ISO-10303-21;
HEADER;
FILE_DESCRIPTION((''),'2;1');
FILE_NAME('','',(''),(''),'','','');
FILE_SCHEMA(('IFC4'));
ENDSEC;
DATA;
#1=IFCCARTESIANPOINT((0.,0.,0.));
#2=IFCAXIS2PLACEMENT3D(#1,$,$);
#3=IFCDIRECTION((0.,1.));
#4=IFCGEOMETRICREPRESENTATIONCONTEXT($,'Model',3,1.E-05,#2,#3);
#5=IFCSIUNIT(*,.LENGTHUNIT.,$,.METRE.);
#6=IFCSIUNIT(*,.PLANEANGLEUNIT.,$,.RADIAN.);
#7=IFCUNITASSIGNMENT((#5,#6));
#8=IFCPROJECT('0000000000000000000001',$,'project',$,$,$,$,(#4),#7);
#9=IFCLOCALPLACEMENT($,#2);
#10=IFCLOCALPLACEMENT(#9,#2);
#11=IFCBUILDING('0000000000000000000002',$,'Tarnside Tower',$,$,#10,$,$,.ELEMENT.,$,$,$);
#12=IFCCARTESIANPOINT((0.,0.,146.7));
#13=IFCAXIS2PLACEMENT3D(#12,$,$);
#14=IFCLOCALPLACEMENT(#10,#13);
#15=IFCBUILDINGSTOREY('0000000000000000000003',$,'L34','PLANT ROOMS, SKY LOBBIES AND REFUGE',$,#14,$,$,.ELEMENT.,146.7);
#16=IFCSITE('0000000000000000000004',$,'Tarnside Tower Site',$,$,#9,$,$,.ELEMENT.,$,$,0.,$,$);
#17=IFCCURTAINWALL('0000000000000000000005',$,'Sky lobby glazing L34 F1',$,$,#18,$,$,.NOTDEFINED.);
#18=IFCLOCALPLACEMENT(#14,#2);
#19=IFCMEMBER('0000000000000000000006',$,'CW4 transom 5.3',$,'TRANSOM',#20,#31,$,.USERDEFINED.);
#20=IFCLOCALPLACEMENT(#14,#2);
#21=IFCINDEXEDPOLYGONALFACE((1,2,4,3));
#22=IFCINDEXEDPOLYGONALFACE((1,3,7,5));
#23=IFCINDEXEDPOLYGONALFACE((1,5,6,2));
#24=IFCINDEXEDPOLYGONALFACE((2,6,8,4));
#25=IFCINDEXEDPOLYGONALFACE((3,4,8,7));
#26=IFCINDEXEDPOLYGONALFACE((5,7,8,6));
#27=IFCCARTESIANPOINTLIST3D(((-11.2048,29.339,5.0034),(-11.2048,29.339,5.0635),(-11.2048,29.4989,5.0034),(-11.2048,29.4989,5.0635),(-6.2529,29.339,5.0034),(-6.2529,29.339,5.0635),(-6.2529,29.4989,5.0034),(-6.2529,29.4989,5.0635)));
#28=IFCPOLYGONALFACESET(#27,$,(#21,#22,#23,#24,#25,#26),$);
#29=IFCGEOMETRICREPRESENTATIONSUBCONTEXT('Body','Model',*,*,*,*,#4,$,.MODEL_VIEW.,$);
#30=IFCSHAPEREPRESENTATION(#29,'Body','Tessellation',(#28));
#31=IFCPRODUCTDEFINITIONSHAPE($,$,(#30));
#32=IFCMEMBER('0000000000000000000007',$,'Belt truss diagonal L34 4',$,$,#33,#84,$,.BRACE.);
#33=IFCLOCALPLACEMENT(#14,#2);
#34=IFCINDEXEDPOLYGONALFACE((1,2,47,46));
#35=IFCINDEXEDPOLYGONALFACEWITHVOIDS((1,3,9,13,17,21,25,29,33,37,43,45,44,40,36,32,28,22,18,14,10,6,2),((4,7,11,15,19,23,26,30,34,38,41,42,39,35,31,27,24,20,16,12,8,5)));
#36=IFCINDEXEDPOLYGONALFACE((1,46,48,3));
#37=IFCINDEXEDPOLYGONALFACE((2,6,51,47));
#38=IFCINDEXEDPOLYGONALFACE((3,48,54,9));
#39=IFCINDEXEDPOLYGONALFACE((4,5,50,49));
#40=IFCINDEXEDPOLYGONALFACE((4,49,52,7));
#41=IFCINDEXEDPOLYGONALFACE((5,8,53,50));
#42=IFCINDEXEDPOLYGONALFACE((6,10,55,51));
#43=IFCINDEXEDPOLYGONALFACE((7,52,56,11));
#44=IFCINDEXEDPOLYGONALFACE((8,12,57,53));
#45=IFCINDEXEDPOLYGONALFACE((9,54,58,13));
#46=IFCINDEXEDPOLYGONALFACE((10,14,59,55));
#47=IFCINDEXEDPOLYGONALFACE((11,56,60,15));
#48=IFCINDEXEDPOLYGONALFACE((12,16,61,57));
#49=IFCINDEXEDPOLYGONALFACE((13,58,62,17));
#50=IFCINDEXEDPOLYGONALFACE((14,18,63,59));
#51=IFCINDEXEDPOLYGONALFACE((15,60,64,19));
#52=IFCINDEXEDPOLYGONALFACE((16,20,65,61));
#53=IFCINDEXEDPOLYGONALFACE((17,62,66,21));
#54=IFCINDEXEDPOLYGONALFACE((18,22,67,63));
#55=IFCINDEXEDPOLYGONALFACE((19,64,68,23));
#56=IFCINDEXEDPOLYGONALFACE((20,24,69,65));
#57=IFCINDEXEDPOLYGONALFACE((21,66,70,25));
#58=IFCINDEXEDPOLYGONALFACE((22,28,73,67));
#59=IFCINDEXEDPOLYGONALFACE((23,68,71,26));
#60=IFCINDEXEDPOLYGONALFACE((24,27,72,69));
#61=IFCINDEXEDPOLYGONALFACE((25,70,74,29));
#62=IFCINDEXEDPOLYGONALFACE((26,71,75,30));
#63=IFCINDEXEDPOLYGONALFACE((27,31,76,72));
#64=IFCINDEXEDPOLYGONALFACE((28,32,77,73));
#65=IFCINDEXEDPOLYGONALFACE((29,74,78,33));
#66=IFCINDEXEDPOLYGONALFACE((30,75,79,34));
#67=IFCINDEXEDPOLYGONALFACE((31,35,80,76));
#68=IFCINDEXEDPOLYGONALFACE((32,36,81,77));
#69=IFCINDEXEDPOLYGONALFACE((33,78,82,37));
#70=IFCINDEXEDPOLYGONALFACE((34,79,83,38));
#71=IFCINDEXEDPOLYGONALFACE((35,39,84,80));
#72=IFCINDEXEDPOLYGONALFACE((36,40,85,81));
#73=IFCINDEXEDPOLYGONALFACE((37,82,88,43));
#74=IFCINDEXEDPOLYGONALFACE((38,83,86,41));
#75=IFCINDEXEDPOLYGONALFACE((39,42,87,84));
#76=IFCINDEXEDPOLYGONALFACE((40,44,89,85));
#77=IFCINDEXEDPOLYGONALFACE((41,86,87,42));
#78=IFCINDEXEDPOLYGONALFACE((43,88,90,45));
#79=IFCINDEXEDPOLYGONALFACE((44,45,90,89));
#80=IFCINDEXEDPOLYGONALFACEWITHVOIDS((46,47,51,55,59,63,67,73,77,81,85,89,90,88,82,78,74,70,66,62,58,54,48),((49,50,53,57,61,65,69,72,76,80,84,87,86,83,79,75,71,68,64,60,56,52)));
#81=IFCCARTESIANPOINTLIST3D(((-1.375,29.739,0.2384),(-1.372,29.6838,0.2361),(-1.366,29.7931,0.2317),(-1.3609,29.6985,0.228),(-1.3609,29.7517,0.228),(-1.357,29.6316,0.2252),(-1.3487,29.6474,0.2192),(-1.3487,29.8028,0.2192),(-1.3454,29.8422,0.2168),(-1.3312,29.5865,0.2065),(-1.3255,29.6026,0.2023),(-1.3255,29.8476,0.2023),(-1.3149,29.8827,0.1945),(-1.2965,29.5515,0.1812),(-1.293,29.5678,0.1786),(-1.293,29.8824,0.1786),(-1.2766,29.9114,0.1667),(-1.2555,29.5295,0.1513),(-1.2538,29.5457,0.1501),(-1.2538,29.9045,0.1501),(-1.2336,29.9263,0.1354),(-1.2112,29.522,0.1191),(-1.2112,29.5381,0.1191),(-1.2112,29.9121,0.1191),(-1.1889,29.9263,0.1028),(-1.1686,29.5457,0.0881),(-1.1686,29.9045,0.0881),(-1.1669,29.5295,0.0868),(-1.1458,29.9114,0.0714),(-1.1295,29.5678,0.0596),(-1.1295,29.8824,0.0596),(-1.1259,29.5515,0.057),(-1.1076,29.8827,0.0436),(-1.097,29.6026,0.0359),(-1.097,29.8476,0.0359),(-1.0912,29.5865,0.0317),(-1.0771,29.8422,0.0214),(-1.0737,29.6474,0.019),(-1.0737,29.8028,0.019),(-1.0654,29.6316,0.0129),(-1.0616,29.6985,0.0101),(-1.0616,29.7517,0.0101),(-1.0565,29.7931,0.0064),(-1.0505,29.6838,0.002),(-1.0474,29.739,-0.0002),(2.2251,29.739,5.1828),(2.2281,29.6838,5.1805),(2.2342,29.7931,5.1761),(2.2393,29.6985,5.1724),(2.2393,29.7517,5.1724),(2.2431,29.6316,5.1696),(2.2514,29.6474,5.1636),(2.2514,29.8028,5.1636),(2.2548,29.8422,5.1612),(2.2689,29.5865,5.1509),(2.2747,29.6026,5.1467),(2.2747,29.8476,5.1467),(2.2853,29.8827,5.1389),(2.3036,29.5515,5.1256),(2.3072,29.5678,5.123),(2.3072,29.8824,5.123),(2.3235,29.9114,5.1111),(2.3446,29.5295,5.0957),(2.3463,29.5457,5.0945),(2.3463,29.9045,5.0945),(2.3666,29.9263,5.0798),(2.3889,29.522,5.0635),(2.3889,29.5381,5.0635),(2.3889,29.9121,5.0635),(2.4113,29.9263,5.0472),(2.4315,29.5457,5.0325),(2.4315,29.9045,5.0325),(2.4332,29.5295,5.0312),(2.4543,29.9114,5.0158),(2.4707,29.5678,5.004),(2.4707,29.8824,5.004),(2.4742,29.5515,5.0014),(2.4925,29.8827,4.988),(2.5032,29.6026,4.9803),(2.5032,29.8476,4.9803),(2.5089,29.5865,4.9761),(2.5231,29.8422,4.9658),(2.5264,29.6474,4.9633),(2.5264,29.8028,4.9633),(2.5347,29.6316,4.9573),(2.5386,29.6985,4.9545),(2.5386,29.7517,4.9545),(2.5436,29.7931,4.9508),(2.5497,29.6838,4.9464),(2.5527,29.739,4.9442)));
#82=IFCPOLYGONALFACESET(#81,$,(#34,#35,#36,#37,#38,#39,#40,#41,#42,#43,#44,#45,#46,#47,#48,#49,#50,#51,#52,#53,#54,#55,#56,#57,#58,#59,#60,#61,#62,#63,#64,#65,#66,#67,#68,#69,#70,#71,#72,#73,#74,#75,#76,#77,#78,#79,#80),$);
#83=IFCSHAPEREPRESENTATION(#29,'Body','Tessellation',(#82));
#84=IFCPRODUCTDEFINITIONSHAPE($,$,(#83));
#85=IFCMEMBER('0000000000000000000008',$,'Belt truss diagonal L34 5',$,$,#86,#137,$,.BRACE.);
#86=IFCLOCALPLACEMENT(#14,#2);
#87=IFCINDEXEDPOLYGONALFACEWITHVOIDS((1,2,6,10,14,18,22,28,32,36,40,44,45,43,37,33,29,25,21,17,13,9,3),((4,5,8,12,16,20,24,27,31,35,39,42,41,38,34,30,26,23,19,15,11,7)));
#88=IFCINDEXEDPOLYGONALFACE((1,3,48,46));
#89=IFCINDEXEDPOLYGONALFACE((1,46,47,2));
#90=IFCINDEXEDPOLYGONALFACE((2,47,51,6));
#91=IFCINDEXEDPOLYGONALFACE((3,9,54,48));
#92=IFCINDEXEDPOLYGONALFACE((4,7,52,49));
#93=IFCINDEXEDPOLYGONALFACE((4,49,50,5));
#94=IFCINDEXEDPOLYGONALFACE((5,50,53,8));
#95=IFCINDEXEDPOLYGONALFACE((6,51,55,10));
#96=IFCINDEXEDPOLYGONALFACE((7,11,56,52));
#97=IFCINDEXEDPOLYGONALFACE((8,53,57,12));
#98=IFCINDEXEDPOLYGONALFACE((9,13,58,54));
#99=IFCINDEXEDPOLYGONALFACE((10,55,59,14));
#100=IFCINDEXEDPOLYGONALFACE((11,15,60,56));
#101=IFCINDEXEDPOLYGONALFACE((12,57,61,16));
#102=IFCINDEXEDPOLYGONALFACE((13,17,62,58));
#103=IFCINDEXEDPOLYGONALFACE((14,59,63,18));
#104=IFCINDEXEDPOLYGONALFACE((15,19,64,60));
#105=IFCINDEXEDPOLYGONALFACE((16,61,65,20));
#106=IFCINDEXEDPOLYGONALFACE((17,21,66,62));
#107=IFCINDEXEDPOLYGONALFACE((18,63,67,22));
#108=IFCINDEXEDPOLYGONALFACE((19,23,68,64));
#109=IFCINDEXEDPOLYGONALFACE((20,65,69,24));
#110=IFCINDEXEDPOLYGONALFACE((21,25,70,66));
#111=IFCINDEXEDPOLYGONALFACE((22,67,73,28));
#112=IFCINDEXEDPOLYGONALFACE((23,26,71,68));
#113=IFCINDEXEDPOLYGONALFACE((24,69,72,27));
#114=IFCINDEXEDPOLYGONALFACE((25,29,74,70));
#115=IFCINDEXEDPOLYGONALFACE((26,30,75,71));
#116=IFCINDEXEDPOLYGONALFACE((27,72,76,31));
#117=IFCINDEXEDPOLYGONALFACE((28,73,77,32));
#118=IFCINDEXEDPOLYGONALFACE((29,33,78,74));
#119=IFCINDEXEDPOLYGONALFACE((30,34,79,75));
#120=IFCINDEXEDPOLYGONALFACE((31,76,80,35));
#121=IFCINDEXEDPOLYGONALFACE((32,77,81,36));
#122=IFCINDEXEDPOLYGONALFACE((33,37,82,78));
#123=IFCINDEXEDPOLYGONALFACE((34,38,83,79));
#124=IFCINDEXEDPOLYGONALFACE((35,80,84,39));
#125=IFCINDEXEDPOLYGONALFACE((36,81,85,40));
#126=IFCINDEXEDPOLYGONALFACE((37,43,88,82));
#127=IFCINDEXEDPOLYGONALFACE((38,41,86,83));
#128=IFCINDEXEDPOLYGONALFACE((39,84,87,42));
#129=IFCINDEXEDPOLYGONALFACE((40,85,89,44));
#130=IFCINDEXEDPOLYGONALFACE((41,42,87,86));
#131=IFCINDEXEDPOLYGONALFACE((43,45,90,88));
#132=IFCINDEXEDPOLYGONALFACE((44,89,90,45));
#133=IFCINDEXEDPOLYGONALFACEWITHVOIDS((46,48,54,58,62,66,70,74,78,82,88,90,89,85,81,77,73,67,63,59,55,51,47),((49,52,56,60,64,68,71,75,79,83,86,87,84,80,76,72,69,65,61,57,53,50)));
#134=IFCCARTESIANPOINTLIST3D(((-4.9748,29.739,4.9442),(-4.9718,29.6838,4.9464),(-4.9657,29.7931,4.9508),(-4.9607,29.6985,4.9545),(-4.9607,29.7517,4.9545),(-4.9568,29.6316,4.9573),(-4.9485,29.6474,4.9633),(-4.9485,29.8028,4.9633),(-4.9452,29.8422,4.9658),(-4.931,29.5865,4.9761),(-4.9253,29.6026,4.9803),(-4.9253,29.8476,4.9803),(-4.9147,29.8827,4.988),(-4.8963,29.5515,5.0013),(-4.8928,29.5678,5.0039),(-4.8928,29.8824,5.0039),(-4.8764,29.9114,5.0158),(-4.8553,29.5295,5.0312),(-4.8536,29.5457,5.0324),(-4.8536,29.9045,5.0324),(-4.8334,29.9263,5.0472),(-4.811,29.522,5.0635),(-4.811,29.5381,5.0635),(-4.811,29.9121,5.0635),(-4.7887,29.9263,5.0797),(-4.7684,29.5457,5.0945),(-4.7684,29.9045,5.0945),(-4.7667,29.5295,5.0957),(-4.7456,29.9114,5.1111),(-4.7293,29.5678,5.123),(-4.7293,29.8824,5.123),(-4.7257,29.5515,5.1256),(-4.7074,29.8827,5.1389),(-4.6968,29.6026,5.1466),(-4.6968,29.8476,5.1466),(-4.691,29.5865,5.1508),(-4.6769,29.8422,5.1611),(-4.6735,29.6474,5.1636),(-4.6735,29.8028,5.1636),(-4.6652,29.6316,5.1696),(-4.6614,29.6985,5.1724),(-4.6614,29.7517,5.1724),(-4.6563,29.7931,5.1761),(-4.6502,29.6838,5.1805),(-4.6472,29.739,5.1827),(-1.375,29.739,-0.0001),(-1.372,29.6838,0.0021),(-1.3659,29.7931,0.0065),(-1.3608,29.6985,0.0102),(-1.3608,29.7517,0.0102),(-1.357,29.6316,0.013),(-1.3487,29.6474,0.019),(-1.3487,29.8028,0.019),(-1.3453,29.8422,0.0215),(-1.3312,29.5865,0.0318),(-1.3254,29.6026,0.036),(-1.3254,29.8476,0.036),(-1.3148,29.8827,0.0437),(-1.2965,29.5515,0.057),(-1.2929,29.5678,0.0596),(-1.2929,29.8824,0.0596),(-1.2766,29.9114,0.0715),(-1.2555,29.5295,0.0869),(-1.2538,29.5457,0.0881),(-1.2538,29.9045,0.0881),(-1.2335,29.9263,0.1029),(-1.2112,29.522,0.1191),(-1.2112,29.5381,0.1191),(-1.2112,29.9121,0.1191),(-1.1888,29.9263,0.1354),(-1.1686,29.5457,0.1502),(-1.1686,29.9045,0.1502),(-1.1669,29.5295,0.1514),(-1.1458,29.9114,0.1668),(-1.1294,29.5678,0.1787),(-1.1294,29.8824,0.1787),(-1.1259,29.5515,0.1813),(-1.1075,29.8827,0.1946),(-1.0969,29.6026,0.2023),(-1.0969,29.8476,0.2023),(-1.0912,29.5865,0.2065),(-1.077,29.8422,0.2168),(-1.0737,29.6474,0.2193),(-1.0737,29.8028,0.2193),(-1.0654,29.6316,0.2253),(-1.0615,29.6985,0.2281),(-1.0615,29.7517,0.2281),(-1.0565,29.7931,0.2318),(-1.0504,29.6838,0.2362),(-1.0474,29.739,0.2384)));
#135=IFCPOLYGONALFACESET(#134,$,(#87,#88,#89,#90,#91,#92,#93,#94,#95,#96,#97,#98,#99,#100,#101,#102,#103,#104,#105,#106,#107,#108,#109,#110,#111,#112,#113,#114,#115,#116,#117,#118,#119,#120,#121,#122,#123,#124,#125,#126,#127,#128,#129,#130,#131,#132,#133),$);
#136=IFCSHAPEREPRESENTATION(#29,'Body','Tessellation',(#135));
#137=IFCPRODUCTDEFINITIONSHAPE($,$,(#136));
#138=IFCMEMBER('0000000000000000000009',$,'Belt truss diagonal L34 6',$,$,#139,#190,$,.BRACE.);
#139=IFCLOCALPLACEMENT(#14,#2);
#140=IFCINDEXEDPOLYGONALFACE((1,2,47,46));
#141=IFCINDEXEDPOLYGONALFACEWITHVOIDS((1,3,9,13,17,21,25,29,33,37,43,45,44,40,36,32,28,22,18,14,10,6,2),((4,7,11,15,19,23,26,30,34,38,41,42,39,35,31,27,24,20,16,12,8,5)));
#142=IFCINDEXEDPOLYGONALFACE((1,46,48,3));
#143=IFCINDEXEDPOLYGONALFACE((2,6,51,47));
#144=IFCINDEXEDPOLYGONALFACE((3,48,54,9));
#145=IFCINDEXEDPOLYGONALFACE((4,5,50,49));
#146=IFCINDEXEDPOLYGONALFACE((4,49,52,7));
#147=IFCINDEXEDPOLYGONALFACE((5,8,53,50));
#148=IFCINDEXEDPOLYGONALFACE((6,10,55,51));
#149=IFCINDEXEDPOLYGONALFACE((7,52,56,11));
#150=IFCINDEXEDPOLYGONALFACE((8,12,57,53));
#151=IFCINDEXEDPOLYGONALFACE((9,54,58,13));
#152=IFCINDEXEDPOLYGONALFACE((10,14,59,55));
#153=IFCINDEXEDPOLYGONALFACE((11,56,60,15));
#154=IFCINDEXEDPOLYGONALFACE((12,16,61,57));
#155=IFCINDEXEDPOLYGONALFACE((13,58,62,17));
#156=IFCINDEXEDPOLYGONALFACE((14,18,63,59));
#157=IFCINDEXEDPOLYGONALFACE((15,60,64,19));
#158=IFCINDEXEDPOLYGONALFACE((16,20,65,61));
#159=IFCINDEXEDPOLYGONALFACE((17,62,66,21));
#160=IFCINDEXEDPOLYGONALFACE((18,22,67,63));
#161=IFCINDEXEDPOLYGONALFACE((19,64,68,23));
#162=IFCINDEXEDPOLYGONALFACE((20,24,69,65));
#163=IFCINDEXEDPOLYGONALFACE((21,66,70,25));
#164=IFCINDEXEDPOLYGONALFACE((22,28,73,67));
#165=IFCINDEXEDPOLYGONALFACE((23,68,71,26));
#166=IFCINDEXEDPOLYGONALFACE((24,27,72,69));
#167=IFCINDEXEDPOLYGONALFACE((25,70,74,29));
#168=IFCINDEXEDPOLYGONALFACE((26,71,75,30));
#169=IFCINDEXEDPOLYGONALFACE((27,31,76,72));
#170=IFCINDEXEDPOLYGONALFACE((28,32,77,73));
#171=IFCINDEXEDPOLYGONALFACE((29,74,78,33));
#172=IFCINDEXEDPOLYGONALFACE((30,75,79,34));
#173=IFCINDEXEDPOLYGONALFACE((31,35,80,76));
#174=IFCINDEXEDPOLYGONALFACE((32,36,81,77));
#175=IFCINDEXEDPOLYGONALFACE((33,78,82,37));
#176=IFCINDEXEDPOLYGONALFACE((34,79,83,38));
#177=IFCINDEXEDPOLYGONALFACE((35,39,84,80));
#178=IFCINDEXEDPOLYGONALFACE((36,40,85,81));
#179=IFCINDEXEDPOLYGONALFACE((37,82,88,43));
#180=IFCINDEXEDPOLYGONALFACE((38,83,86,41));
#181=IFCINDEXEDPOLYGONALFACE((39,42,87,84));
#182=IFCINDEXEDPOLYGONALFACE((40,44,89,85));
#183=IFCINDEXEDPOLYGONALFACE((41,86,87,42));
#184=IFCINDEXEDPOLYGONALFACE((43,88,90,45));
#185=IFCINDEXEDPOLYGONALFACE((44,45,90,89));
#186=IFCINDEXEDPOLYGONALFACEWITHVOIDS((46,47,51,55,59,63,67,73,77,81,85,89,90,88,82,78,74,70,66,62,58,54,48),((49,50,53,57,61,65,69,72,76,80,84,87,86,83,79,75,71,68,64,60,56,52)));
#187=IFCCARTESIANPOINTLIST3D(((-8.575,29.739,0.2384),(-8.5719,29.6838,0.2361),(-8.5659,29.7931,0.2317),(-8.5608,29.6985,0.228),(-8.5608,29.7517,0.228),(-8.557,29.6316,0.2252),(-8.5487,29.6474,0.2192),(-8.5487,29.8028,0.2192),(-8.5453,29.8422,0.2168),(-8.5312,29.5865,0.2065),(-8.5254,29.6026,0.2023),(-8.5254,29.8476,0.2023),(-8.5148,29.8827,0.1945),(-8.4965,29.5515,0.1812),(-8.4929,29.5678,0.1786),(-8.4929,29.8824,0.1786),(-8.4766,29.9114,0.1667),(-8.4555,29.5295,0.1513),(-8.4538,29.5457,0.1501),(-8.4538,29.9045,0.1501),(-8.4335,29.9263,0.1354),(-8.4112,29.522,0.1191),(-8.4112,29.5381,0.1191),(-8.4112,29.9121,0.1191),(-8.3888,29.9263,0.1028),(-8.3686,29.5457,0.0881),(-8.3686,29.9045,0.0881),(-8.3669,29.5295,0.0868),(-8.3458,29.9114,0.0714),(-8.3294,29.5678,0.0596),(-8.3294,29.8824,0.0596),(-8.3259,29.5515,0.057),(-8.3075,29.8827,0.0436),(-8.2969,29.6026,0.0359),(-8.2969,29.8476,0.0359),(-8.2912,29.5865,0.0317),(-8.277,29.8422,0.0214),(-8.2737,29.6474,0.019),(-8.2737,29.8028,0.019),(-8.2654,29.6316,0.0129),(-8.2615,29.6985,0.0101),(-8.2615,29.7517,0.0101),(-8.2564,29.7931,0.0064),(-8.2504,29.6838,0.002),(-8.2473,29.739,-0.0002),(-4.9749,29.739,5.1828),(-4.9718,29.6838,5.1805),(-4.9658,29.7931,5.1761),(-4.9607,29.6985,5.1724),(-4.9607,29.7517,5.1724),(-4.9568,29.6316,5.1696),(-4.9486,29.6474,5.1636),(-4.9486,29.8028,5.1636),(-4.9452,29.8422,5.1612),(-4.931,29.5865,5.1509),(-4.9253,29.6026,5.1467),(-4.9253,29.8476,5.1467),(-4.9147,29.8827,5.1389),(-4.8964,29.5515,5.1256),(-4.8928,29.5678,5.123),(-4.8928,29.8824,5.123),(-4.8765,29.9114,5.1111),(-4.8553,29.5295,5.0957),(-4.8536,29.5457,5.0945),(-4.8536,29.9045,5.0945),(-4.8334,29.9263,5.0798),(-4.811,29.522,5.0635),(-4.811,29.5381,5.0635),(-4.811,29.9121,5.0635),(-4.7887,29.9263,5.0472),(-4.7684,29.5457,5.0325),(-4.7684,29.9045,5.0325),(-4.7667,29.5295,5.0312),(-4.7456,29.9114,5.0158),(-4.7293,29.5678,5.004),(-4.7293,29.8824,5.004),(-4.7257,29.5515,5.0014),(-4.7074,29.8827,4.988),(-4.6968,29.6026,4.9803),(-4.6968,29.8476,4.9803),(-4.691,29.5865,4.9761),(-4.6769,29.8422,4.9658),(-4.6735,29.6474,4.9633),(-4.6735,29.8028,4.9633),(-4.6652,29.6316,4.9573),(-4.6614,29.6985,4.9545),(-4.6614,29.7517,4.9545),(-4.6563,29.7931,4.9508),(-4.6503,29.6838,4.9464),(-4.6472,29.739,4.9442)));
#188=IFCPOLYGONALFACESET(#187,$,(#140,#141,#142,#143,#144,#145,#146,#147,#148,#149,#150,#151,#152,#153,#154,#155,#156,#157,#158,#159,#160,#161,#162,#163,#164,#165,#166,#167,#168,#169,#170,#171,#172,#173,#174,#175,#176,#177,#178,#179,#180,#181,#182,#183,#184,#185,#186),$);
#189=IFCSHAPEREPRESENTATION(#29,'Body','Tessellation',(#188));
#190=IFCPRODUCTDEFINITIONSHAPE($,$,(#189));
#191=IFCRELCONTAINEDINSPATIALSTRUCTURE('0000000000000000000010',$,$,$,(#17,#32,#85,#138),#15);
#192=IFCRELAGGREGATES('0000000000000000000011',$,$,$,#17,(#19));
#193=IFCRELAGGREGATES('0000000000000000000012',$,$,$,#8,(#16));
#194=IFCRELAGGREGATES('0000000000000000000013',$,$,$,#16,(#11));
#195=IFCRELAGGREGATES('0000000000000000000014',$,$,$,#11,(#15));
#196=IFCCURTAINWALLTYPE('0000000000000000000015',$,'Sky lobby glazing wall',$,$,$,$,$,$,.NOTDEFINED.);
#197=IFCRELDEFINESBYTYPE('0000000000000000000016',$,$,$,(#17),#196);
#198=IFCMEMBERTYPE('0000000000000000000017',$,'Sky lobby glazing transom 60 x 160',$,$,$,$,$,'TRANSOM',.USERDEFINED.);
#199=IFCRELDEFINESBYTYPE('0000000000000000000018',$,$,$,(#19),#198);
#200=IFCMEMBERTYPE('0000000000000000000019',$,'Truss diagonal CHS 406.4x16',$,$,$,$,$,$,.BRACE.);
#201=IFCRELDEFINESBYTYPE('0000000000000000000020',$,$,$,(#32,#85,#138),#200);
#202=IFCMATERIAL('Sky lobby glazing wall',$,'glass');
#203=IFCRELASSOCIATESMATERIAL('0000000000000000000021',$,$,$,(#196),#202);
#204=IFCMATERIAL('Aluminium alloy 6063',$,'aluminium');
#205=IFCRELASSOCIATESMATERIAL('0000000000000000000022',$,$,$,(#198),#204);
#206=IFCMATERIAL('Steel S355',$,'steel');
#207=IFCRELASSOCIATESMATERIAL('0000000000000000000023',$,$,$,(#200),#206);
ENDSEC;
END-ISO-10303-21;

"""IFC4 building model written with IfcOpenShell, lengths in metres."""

from ifc_helpers import new_model, si_unit, direction, frame, origin, origin_2d, place, context, subcontext, project, spatial, rectangle, hollow_circle, extrude, material, material_profile, profile_set, type_object, element, aggregate, save


model = new_model("IFC4")

# Units and contexts
model_context = context("Model", 3, precision=1e-05, world=origin(), true_north=direction((0.0, 1.0)))
body_context = subcontext(model_context, "Body", "Model", "MODEL_VIEW")
ifc_project = project(units=[si_unit("LENGTHUNIT", "METRE"), si_unit("PLANEANGLEUNIT", "RADIAN")], contexts=[model_context])

# Site, building, storey
site_placement = place(None, origin())
site = spatial("IfcSite", under=ifc_project, at=site_placement, Name="Tarnside Tower Site", CompositionType="ELEMENT", RefElevation=0.0)
building_placement = place(site_placement, origin())
building = spatial("IfcBuilding", under=site, at=building_placement, Name="Tarnside Tower", CompositionType="ELEMENT")
storey_placement = place(building_placement, frame((0.0, 0.0, 146.7)))
storey = spatial("IfcBuildingStorey", under=building, at=storey_placement, Name="L34", Description="PLANT ROOMS, SKY LOBBIES AND REFUGE", CompositionType="ELEMENT", Elevation=146.7)

# Shared definitions
ifc_material_1 = material(Name="Steel S355", Category="steel")

# Curtain wall, member
ifc_material_2 = material(Name="Sky lobby glazing wall", Category="glass")
curtain_wall_type = type_object("IfcCurtainWallType", Name="Sky lobby glazing wall", PredefinedType="NOTDEFINED", material=ifc_material_2)
curtain_wall_placement = place(storey_placement, origin())
curtain_wall = element("IfcCurtainWall", 1, at=curtain_wall_placement, inside=storey, type_object=curtain_wall_type, Name="Sky lobby glazing L34 F1", PredefinedType="NOTDEFINED")
ifc_material_3 = material(Name="Aluminium alloy 6063", Category="aluminium")
ifc_material_profile_1 = material_profile(ifc_material_3, rectangle(XDim=0.1599, YDim=0.0601, at=origin_2d()), Name="Sky lobby glazing transom 60 x 160")
ifc_profile_set_1 = profile_set([ifc_material_profile_1], Name="Aluminium alloy 6063")
member_type_1 = type_object("IfcMemberType", Name="Sky lobby glazing transom 60 x 160", ElementType="TRANSOM", PredefinedType="USERDEFINED", material=ifc_profile_set_1)
member_1_placement = place(storey_placement, frame((-6.2529, 29.4189, 5.0334), z_axis=(-1.0, 0.0, 0.0), x_axis=(0.0, -1.0, 0.0)))
member_1 = element("IfcMember", 2, at=member_1_placement, type_object=member_type_1, Name="CW4 transom 5.3", ObjectType="TRANSOM", PredefinedType="USERDEFINED", context=body_context, shape_type="SweptSolid", body=[
    extrude(rectangle(XDim=0.1599, YDim=0.0601, at=origin_2d()), origin(), (0.0, 0.0, 1.0), 4.9519),
])

# Members
ifc_material_profile_2 = material_profile(ifc_material_1, hollow_circle(Radius=0.2031, WallThickness=0.0161, at=origin_2d()), Name="CHS 406.4x16")
ifc_profile_set_2 = profile_set([ifc_material_profile_2], Name="Steel S355")
member_type_2 = type_object("IfcMemberType", Name="Truss diagonal CHS 406.4x16", PredefinedType="BRACE", material=ifc_profile_set_2)
member_2_placement = place(storey_placement, frame((2.3889, 29.7251, 5.0635), z_axis=(-0.588623, 0.0, -0.808408), x_axis=(0.0, -1.0, 0.0)))
element("IfcMember", 3, at=member_2_placement, inside=storey, type_object=member_type_2, Name="Belt truss diagonal L34 4", PredefinedType="BRACE", context=body_context, shape_type="SweptSolid", body=[
    extrude(hollow_circle(Radius=0.2031, WallThickness=0.0161, at=origin_2d()), origin(), (0.0, 0.0, 1.0), 6.1162),
])
member_3_placement = place(storey_placement, frame((-1.2112, 29.7251, 0.1191), z_axis=(-0.588596, 0.0, 0.808427), x_axis=(0.0, -1.0, 0.0)))
element("IfcMember", 4, at=member_3_placement, inside=storey, type_object=member_type_2, Name="Belt truss diagonal L34 5", PredefinedType="BRACE", context=body_context, shape_type="SweptSolid", body=[
    extrude(hollow_circle(Radius=0.2031, WallThickness=0.0161, at=origin_2d()), origin(), (0.0, 0.0, 1.0), 6.116),
])
member_4_placement = place(storey_placement, frame((-4.811, 29.7251, 5.0635), z_axis=(-0.588623, 0.0, -0.808408), x_axis=(0.0, -1.0, 0.0)))
element("IfcMember", 5, at=member_4_placement, inside=storey, type_object=member_type_2, Name="Belt truss diagonal L34 6", PredefinedType="BRACE", context=body_context, shape_type="SweptSolid", body=[
    extrude(hollow_circle(Radius=0.2031, WallThickness=0.0161, at=origin_2d()), origin(), (0.0, 0.0, 1.0), 6.1162),
])

aggregate(curtain_wall, [member_1])

save(model, "model.ifc")
